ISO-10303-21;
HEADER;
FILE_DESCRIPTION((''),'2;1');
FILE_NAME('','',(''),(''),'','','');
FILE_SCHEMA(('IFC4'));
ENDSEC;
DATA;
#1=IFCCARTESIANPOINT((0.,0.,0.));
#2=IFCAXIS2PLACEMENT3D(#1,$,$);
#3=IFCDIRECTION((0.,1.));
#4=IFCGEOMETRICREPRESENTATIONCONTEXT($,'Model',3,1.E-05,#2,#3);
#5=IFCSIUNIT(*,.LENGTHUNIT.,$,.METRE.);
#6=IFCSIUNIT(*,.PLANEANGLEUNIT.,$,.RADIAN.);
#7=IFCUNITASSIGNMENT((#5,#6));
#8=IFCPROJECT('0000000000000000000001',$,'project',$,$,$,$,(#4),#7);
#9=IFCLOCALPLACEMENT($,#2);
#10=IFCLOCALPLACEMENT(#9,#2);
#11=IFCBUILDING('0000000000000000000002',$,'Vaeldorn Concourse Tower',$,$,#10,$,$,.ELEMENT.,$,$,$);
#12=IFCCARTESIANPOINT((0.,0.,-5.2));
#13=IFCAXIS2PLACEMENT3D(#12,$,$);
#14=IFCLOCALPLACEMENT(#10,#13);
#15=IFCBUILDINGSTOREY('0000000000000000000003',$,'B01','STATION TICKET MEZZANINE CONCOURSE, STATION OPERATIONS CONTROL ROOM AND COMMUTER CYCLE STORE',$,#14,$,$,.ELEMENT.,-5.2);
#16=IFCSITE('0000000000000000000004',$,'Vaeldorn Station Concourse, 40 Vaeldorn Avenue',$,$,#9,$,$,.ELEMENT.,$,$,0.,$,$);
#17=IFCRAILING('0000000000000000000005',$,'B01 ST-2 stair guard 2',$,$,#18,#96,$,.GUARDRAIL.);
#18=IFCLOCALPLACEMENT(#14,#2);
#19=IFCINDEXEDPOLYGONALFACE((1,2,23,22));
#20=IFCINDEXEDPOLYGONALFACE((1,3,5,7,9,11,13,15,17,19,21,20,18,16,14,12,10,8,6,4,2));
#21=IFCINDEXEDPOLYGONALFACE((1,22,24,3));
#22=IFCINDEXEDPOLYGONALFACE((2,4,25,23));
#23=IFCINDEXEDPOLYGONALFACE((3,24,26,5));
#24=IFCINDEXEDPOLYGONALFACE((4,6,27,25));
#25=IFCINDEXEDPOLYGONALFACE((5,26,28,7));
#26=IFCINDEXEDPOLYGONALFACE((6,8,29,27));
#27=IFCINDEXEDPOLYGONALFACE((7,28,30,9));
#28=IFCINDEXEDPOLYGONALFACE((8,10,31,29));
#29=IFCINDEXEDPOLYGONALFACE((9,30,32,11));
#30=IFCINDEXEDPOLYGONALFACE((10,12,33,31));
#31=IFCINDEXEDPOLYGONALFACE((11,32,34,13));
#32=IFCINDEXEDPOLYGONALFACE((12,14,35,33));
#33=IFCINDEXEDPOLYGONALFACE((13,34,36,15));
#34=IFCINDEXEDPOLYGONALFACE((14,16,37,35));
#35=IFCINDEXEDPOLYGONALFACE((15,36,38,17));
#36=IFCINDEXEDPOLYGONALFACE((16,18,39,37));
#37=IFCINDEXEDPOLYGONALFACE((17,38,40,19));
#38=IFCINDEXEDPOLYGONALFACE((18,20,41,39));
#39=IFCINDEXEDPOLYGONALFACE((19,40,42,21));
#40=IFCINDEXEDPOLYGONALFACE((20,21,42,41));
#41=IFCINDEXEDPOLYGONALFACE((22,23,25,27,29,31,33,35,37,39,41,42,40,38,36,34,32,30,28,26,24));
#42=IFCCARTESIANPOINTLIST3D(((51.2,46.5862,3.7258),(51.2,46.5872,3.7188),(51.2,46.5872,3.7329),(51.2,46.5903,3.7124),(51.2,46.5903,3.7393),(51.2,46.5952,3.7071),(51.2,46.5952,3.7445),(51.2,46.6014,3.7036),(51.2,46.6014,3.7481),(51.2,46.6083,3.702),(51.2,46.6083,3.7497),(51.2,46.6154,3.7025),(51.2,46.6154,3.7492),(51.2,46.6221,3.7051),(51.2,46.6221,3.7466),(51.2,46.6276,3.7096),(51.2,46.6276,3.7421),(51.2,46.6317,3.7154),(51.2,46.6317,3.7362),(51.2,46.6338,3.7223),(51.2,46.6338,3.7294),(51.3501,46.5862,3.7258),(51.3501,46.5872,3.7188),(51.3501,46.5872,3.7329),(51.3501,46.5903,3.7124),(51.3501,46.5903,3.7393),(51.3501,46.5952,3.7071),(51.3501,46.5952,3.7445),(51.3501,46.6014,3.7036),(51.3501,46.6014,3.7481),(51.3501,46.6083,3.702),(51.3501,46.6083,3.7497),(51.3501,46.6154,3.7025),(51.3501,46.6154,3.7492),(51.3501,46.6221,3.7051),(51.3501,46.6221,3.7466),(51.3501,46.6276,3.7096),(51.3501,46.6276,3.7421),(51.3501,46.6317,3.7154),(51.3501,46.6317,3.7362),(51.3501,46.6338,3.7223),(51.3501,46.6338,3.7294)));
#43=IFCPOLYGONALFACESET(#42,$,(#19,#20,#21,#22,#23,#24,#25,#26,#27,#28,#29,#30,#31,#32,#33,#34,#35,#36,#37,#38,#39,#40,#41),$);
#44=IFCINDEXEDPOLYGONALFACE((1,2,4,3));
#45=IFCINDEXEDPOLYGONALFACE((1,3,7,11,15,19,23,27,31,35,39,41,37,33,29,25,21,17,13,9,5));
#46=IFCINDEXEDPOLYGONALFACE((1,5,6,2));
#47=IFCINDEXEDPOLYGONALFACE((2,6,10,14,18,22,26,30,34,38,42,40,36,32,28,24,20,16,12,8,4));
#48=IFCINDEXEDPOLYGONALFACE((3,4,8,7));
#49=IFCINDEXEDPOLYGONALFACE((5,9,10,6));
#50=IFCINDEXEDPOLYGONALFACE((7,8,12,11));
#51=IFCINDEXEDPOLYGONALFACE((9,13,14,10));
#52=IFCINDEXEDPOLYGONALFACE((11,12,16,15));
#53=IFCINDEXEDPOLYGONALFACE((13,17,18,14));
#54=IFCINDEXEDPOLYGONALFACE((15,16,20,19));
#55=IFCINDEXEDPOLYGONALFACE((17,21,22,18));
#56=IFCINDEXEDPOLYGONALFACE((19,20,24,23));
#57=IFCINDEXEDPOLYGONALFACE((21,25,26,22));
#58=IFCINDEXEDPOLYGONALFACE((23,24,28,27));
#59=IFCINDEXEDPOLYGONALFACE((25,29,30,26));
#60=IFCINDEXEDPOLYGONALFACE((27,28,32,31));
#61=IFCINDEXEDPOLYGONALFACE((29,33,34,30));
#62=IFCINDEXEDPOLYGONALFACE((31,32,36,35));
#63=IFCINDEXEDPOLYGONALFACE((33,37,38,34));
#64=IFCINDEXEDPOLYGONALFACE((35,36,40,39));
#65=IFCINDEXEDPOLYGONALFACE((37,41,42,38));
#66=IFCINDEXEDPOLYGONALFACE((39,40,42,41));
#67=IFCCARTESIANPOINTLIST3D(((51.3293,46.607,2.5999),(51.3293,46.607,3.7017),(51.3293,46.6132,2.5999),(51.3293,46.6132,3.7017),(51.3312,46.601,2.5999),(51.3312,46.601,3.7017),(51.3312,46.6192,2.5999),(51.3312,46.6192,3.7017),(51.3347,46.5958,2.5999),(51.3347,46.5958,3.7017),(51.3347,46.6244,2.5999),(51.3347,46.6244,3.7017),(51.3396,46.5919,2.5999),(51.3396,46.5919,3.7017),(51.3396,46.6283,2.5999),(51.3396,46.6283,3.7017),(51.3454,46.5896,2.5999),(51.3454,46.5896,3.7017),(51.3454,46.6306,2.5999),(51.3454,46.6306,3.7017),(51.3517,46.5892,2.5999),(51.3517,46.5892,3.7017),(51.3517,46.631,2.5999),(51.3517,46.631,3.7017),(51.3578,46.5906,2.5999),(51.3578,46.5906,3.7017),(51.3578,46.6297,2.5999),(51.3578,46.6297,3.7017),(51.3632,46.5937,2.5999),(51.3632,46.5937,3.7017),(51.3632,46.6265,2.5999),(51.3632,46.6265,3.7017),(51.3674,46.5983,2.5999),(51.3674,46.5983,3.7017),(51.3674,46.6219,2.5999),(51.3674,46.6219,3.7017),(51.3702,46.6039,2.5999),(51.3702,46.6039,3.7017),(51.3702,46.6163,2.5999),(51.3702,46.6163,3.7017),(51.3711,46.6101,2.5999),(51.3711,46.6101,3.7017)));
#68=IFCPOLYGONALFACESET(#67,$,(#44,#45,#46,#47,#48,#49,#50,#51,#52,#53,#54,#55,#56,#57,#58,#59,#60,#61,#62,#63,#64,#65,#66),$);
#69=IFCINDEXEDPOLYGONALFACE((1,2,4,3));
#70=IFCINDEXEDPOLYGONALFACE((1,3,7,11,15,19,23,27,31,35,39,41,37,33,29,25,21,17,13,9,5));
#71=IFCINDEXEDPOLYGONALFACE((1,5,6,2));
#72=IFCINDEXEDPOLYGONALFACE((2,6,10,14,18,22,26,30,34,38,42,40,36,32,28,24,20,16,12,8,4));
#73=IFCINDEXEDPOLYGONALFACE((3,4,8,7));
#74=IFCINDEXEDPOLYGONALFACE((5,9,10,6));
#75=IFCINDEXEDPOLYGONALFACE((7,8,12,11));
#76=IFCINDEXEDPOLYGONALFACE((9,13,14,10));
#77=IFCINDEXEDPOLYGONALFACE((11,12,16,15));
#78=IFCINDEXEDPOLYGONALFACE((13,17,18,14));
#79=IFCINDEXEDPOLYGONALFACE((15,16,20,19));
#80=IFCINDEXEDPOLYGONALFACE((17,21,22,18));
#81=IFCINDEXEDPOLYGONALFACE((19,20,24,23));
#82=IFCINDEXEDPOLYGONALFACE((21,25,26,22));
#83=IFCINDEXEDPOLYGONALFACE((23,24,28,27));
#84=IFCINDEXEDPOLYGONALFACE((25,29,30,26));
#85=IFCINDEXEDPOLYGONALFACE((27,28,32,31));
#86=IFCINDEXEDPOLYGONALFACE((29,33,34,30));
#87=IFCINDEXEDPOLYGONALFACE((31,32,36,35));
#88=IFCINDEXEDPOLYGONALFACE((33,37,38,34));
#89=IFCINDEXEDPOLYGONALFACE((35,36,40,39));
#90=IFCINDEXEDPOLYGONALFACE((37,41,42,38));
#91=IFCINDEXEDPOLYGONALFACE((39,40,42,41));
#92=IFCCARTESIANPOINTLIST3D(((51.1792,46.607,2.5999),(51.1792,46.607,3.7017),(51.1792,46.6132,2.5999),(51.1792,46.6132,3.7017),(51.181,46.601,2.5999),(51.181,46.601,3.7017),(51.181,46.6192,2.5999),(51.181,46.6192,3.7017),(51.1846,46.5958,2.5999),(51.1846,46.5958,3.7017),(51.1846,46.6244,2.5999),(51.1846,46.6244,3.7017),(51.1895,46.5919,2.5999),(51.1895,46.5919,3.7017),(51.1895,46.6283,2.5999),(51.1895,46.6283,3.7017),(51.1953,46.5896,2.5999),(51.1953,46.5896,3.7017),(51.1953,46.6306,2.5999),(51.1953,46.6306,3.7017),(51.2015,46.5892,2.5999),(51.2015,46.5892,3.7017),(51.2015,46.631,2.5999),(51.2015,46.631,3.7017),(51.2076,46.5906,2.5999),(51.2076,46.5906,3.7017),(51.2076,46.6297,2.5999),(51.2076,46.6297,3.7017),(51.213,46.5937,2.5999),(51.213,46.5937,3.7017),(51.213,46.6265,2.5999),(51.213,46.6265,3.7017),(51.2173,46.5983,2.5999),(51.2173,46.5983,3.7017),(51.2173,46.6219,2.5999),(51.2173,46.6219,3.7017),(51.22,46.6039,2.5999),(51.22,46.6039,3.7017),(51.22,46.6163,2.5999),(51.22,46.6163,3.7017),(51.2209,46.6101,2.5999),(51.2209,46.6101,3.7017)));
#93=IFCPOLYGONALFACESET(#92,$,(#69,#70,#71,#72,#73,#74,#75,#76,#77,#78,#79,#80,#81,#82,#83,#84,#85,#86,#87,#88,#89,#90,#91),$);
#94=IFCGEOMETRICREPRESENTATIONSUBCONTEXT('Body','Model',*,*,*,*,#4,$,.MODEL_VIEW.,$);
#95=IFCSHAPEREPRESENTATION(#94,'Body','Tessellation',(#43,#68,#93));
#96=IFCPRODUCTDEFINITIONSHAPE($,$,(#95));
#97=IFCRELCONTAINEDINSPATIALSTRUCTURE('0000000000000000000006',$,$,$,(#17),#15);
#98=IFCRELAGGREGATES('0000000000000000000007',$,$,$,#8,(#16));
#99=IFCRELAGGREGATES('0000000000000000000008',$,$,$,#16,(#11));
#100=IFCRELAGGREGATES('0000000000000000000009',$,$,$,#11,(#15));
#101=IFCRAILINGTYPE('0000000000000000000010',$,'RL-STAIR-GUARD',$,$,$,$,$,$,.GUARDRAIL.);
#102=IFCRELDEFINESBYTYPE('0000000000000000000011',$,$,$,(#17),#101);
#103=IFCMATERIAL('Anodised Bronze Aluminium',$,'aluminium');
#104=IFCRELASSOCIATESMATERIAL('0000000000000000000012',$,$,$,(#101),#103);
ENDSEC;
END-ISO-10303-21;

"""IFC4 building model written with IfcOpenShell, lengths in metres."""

from ifc_helpers import new_model, si_unit, direction, frame, origin, origin_2d, place, context, subcontext, project, spatial, circle, extrude, material, type_object, element, save


model = new_model("IFC4")

# Units and contexts
model_context = context("Model", 3, precision=1e-05, world=origin(), true_north=direction((0.0, 1.0)))
body_context = subcontext(model_context, "Body", "Model", "MODEL_VIEW")
ifc_project = project(units=[si_unit("LENGTHUNIT", "METRE"), si_unit("PLANEANGLEUNIT", "RADIAN")], contexts=[model_context])

# Site, building, storey
site_placement = place(None, origin())
site = spatial("IfcSite", under=ifc_project, at=site_placement, Name="Vaeldorn Station Concourse, 40 Vaeldorn Avenue", CompositionType="ELEMENT", RefElevation=0.0)
building_placement = place(site_placement, origin())
building = spatial("IfcBuilding", under=site, at=building_placement, Name="Vaeldorn Concourse Tower", CompositionType="ELEMENT")
storey_placement = place(building_placement, frame((0.0, 0.0, -5.2)))
storey = spatial("IfcBuildingStorey", under=building, at=storey_placement, Name="B01", Description="STATION TICKET MEZZANINE CONCOURSE, STATION OPERATIONS CONTROL ROOM AND COMMUTER CYCLE STORE", CompositionType="ELEMENT", Elevation=-5.2)

# Shared definitions
ifc_material_1 = material(Name="Anodised Bronze Aluminium", Category="aluminium")

# Railing
railing_type_1 = type_object("IfcRailingType", Name="RL-STAIR-GUARD", PredefinedType="GUARDRAIL", material=ifc_material_1)
railing_1_placement = place(storey_placement, frame((51.3501, 46.6101, 2.5999)))
element("IfcRailing", 1, at=railing_1_placement, inside=storey, type_object=railing_type_1, Name="B01 ST-2 stair guard 2", PredefinedType="GUARDRAIL", context=body_context, shape_type="SweptSolid", body=[
    extrude(circle(Radius=0.0239, at=origin_2d()), frame((0.0, 0.0, 1.126), z_axis=(-1.0, 0.0, 0.0), x_axis=(0.0, -1.0, 0.0)), (0.0, 0.0, 1.0), 0.1501),
    extrude(circle(Radius=0.021, at=origin_2d()), origin(), (0.0, 0.0, 1.0), 1.1018),
    extrude(circle(Radius=0.021, at=origin_2d()), frame((-0.1501, 0.0, 0.0)), (0.0, 0.0, 1.0), 1.1018),
])

save(model, "model.ifc")
